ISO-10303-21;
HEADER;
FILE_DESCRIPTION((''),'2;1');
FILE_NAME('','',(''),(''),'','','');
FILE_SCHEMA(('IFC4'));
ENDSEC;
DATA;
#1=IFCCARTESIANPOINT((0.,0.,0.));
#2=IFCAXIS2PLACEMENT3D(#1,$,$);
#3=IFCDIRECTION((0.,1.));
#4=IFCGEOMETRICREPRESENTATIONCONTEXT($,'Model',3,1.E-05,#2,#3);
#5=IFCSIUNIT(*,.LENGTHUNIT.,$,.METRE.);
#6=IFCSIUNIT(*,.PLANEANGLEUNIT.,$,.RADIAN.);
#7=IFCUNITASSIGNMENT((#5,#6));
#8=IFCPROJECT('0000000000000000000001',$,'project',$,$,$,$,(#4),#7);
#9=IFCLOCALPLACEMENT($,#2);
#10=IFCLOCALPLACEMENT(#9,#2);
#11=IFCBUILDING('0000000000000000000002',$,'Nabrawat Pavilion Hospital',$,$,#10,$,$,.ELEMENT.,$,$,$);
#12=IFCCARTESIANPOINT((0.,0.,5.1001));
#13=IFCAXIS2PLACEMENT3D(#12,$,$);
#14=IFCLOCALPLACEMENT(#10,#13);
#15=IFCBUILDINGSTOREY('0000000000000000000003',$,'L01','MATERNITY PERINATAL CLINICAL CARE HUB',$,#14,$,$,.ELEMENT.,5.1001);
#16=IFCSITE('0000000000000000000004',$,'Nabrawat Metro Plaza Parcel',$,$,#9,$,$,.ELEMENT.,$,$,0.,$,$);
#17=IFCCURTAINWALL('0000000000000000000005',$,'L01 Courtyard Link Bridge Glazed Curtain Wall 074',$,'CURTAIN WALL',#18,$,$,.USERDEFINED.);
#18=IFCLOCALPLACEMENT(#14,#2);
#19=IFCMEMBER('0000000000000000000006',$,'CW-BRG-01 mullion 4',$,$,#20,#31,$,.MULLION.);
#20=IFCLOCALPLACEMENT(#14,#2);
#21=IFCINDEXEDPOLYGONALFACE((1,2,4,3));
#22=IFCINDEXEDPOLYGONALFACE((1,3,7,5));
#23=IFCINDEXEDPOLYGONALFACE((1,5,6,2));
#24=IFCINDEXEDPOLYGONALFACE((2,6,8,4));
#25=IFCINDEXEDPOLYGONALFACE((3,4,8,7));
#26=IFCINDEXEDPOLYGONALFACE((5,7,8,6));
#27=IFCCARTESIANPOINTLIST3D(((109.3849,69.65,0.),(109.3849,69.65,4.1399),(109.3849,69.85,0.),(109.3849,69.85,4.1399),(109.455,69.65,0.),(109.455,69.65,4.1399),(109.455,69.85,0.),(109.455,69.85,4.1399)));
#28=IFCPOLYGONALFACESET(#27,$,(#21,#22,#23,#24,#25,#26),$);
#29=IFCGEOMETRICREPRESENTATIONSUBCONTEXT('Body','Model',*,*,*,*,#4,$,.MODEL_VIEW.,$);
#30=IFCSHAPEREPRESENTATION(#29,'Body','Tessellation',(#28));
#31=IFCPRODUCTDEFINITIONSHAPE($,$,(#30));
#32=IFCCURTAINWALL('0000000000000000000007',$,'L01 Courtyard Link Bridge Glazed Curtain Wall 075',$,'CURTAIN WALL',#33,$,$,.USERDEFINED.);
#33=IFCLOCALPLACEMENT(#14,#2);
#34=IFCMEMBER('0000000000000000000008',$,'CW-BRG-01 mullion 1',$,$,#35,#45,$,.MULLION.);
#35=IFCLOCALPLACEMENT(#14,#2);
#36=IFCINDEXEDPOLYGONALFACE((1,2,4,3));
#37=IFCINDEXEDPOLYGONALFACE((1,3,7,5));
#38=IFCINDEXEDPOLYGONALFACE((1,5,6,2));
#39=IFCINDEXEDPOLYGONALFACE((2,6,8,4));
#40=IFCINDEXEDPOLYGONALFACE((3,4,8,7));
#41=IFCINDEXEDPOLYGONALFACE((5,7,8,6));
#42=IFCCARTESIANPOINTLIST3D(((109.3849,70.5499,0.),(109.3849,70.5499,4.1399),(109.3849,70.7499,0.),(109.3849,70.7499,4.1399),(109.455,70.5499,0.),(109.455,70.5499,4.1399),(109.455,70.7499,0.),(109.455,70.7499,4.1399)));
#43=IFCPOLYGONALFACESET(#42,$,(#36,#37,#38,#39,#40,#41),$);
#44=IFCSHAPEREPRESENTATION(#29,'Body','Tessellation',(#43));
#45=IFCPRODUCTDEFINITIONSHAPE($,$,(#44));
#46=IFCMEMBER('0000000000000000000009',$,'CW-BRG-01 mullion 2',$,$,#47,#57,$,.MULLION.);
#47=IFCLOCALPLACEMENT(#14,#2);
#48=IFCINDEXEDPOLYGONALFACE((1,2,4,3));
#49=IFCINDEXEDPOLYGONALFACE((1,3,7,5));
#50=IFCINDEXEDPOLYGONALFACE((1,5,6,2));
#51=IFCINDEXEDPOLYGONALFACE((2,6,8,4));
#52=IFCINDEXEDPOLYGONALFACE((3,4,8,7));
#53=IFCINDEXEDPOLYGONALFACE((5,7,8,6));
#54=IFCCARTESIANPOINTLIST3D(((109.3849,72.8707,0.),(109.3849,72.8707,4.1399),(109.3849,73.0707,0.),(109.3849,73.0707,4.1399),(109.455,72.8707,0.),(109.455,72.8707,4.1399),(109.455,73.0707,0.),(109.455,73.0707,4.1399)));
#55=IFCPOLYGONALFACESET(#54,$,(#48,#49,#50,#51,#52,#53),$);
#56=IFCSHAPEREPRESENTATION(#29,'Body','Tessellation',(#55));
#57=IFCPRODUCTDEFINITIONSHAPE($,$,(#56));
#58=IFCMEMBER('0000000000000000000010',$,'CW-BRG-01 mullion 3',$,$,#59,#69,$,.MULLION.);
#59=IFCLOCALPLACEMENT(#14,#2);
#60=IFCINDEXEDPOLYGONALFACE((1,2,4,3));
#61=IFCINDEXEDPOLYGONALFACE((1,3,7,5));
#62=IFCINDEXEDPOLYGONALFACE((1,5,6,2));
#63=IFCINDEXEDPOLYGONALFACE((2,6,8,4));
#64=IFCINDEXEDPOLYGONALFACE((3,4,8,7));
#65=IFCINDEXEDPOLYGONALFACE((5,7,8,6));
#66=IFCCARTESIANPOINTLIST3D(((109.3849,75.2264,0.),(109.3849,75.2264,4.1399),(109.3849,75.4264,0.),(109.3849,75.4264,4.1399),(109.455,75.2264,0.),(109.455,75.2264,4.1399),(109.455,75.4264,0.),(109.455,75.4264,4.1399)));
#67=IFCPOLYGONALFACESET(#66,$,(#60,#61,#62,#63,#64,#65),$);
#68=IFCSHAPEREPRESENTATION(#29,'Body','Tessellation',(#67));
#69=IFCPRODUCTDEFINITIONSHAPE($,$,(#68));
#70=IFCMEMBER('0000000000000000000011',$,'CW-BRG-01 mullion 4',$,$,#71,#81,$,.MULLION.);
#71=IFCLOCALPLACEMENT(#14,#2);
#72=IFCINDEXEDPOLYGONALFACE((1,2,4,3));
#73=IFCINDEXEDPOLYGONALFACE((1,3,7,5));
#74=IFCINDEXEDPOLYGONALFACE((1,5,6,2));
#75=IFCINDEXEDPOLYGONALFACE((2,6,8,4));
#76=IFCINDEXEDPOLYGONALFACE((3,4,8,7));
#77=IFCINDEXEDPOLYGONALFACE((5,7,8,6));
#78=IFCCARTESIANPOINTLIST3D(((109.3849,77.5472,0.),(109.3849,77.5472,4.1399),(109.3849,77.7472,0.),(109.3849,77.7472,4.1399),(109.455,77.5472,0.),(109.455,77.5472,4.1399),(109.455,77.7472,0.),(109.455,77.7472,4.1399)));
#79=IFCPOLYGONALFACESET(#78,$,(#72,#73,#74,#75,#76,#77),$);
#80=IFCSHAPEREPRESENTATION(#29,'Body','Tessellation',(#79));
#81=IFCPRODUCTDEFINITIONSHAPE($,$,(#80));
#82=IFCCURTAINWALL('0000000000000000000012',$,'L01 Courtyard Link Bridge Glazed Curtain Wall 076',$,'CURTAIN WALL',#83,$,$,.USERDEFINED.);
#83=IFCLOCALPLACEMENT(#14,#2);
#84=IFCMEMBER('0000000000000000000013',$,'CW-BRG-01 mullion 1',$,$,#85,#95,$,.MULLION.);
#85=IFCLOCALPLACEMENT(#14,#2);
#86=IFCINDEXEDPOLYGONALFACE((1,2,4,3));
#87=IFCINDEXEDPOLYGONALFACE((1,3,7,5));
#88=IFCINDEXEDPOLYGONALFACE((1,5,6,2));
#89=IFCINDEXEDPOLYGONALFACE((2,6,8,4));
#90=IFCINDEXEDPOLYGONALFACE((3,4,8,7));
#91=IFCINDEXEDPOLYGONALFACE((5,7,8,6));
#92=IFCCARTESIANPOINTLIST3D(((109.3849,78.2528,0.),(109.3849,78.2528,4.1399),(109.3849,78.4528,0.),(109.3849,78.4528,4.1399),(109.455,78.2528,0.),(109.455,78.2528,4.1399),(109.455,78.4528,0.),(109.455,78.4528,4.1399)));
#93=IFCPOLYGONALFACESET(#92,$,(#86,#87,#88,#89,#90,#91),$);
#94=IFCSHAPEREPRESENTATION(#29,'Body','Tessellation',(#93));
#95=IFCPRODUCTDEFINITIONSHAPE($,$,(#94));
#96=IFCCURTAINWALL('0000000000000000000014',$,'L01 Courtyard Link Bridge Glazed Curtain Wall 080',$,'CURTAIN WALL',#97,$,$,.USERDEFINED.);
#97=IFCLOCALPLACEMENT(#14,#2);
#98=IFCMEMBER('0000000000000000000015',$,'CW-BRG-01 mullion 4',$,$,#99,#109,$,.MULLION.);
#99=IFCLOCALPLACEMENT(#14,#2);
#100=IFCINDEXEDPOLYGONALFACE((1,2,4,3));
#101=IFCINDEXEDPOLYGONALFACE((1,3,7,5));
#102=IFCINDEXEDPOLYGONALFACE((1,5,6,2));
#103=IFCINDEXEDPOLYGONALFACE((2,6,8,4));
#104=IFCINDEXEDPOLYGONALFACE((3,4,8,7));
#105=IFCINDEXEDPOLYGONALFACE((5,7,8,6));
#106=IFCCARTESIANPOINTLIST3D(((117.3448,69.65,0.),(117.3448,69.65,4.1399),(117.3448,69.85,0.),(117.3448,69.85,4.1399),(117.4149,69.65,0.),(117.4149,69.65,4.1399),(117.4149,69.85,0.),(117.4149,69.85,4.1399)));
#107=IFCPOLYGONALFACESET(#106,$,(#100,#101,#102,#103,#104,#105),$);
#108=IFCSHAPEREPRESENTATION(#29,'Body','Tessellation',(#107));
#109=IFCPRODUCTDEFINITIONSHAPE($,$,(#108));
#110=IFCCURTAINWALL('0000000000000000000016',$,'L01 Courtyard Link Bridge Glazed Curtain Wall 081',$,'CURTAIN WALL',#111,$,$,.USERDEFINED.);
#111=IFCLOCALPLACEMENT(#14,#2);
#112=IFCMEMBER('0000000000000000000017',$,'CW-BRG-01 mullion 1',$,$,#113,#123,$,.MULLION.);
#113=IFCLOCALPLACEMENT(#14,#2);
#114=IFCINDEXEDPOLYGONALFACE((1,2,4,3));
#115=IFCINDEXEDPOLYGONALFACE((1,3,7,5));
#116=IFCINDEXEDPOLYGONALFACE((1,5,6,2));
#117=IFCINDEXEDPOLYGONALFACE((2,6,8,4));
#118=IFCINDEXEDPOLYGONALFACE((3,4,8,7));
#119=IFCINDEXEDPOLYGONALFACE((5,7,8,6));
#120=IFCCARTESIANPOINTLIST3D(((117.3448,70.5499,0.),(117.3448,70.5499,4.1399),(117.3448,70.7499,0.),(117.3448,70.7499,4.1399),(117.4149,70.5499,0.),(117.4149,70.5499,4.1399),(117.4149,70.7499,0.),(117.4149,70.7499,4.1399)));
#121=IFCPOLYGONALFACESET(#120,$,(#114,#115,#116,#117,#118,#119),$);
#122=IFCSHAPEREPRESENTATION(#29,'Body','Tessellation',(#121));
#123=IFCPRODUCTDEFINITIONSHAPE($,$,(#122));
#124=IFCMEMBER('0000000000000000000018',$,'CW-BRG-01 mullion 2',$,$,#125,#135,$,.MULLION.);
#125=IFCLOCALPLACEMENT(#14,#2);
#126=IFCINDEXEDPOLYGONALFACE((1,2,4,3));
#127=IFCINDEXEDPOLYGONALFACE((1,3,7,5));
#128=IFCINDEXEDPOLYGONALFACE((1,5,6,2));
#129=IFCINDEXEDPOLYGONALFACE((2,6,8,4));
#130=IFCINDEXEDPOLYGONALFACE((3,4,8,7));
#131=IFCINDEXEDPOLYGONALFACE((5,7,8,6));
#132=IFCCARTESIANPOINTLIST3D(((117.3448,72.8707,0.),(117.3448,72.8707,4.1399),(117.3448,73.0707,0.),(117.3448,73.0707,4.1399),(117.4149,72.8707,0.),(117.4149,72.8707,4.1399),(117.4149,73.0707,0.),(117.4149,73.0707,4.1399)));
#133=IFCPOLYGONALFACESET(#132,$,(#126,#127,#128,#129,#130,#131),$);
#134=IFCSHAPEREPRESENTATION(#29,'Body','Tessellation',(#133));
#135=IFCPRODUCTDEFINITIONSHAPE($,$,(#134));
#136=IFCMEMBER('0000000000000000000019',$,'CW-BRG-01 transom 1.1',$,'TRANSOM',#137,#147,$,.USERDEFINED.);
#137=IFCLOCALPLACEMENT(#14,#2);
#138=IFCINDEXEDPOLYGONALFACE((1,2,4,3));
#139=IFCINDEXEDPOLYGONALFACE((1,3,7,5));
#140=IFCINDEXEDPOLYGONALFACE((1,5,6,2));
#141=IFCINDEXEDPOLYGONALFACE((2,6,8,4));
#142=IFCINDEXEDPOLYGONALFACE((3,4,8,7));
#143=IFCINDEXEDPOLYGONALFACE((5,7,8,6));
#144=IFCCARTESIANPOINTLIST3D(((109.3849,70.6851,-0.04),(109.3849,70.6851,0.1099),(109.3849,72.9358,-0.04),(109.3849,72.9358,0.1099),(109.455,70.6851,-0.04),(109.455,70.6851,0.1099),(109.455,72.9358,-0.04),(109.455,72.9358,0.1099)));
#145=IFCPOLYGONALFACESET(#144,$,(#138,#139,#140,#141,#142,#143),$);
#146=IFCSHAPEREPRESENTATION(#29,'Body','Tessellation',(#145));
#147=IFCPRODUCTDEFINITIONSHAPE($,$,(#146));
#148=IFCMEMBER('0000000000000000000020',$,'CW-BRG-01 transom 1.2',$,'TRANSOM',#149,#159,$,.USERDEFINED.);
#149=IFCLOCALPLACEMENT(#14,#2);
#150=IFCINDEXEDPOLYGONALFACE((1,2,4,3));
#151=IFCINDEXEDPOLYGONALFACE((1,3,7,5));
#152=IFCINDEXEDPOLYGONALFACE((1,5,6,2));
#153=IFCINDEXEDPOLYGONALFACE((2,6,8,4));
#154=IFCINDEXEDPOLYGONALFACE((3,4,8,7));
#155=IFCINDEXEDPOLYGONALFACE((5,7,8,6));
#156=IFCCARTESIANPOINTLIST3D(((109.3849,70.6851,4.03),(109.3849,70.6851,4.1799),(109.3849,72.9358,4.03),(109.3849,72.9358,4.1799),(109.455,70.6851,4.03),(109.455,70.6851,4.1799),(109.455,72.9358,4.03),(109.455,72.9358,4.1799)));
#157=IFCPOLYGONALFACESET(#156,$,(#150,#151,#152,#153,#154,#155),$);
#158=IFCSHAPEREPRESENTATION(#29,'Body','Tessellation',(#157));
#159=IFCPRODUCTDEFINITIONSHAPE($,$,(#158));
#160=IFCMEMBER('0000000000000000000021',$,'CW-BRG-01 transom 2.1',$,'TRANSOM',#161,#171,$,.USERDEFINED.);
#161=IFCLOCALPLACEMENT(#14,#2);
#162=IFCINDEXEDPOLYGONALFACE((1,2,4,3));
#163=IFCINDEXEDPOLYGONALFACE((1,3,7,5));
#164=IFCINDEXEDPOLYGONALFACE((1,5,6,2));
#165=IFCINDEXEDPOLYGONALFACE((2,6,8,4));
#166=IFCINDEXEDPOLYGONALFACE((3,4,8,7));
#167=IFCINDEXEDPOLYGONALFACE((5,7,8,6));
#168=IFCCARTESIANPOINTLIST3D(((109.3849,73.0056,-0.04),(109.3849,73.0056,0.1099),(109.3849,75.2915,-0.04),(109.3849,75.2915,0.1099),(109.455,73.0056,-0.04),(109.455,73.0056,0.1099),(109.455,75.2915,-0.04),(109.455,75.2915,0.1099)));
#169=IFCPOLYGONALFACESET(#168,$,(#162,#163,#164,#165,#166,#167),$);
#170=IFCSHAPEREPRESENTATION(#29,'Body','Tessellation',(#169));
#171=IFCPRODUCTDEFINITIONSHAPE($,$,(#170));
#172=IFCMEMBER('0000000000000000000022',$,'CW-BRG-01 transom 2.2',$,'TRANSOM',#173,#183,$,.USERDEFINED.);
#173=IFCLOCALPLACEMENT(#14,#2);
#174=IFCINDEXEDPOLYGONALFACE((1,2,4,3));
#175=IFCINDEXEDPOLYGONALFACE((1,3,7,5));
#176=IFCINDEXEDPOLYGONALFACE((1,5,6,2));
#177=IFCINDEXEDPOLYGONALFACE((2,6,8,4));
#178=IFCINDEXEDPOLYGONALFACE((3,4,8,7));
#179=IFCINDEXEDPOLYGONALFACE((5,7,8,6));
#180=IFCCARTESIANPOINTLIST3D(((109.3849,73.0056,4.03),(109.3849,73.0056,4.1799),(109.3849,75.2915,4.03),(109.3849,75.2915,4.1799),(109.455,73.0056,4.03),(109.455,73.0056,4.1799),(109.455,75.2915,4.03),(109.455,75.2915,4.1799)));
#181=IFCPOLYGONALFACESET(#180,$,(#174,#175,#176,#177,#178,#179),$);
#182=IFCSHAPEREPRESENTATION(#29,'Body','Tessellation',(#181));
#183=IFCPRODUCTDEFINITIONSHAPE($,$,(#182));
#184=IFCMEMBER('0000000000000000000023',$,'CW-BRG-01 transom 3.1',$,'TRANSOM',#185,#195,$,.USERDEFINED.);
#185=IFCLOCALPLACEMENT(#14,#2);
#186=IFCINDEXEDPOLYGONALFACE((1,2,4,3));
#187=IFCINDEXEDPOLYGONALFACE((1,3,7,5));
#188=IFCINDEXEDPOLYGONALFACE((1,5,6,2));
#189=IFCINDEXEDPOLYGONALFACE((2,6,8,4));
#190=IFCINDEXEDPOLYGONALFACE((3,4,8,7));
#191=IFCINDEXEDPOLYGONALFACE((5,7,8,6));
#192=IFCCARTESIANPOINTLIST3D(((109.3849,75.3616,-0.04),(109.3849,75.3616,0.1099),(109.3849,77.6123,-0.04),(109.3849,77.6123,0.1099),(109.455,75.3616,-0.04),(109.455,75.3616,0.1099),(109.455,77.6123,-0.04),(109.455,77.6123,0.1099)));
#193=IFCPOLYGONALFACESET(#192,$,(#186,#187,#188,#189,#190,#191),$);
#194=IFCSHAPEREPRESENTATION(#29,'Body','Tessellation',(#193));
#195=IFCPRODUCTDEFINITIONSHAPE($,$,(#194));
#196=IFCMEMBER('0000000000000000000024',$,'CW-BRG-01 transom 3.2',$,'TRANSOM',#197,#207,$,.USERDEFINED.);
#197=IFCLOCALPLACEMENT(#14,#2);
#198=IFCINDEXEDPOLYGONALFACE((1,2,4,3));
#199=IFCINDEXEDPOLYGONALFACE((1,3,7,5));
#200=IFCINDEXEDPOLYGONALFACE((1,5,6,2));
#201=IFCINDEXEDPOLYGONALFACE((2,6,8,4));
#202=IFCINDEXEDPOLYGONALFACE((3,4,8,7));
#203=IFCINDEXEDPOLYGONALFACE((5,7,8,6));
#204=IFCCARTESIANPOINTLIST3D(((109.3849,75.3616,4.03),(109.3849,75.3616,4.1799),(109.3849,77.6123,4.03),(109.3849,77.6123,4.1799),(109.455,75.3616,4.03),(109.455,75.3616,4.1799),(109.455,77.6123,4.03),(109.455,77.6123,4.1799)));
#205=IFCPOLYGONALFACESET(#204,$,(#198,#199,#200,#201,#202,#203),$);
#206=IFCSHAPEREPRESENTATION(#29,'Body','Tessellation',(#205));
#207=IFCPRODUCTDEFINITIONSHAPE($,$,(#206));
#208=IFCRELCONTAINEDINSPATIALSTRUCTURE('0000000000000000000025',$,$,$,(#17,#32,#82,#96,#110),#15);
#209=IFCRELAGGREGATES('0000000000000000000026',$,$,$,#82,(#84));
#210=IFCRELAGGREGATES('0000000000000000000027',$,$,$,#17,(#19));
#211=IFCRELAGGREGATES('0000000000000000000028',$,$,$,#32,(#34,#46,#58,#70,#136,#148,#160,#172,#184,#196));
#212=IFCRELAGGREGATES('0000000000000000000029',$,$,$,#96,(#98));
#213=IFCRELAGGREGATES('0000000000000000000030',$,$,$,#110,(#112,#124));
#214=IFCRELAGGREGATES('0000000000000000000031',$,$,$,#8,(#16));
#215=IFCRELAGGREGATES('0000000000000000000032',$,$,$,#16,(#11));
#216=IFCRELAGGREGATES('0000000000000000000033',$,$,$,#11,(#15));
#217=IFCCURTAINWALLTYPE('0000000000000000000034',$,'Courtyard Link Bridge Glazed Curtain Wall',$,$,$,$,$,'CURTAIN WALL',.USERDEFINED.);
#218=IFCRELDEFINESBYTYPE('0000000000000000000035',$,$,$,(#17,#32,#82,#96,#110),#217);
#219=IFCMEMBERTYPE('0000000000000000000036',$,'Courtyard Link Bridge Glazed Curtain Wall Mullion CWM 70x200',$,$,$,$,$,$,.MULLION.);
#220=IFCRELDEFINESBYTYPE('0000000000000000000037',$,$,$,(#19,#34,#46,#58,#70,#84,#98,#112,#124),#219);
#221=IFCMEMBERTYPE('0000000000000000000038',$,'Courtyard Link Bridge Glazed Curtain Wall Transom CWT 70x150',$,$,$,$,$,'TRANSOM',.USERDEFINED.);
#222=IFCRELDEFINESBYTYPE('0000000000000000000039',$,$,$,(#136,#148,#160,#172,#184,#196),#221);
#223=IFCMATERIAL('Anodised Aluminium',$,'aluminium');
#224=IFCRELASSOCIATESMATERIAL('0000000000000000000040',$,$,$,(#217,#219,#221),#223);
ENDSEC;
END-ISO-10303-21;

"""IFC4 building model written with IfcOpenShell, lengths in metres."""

from ifc_helpers import new_model, si_unit, direction, frame, origin, origin_2d, place, context, subcontext, project, spatial, rectangle, extrude, material, material_profile, profile_set, type_object, element, aggregate, save


model = new_model("IFC4")

# Units and contexts
model_context = context("Model", 3, precision=1e-05, world=origin(), true_north=direction((0.0, 1.0)))
body_context = subcontext(model_context, "Body", "Model", "MODEL_VIEW")
ifc_project = project(units=[si_unit("LENGTHUNIT", "METRE"), si_unit("PLANEANGLEUNIT", "RADIAN")], contexts=[model_context])

# Site, building, storey
site_placement = place(None, origin())
site = spatial("IfcSite", under=ifc_project, at=site_placement, Name="Nabrawat Metro Plaza Parcel", CompositionType="ELEMENT", RefElevation=0.0)
building_placement = place(site_placement, origin())
building = spatial("IfcBuilding", under=site, at=building_placement, Name="Nabrawat Pavilion Hospital", CompositionType="ELEMENT")
storey_placement = place(building_placement, frame((0.0, 0.0, 5.1001)))
storey = spatial("IfcBuildingStorey", under=building, at=storey_placement, Name="L01", Description="MATERNITY PERINATAL CLINICAL CARE HUB", CompositionType="ELEMENT", Elevation=5.1001)

# Curtain wall, member
ifc_material_1 = material(Name="Anodised Aluminium", Category="aluminium")
curtain_wall_type = type_object("IfcCurtainWallType", Name="Courtyard Link Bridge Glazed Curtain Wall", ElementType="CURTAIN WALL", PredefinedType="USERDEFINED", material=ifc_material_1)
curtain_wall_1_placement = place(storey_placement, origin())
curtain_wall_1 = element("IfcCurtainWall", 1, at=curtain_wall_1_placement, inside=storey, type_object=curtain_wall_type, Name="L01 Courtyard Link Bridge Glazed Curtain Wall 074", ObjectType="CURTAIN WALL", PredefinedType="USERDEFINED")
ifc_material_profile_1 = material_profile(ifc_material_1, rectangle(XDim=0.0701, YDim=0.2, at=origin_2d()), Name="CWM 70x200")
ifc_profile_set_1 = profile_set([ifc_material_profile_1], Name="Anodised Aluminium")
member_type_1 = type_object("IfcMemberType", Name="Courtyard Link Bridge Glazed Curtain Wall Mullion CWM 70x200", PredefinedType="MULLION", material=ifc_profile_set_1)
member_1_placement = place(storey_placement, frame((109.4199, 69.75, 0.0), z_axis=(0.0, 0.0, 1.0), x_axis=(-1.0, 0.0, 0.0)))
member_1 = element("IfcMember", 2, at=member_1_placement, type_object=member_type_1, Name="CW-BRG-01 mullion 4", PredefinedType="MULLION", context=body_context, shape_type="SweptSolid", body=[
    extrude(rectangle(XDim=0.0701, YDim=0.2, at=origin_2d()), origin(), (0.0, 0.0, 1.0), 4.1399),
])

# Curtain wall, members
curtain_wall_2_placement = place(storey_placement, origin())
curtain_wall_2 = element("IfcCurtainWall", 3, at=curtain_wall_2_placement, inside=storey, type_object=curtain_wall_type, Name="L01 Courtyard Link Bridge Glazed Curtain Wall 075", ObjectType="CURTAIN WALL", PredefinedType="USERDEFINED")
member_2_placement = place(storey_placement, frame((109.4199, 70.6499, 0.0), z_axis=(0.0, 0.0, 1.0), x_axis=(-1.0, 0.0, 0.0)))
member_2 = element("IfcMember", 4, at=member_2_placement, type_object=member_type_1, Name="CW-BRG-01 mullion 1", PredefinedType="MULLION", context=body_context, shape_type="SweptSolid", body=[
    extrude(rectangle(XDim=0.0701, YDim=0.2, at=origin_2d()), origin(), (0.0, 0.0, 1.0), 4.1399),
])
member_3_placement = place(storey_placement, frame((109.4199, 72.9707, 0.0), z_axis=(0.0, 0.0, 1.0), x_axis=(-1.0, 0.0, 0.0)))
member_3 = element("IfcMember", 5, at=member_3_placement, type_object=member_type_1, Name="CW-BRG-01 mullion 2", PredefinedType="MULLION", context=body_context, shape_type="SweptSolid", body=[
    extrude(rectangle(XDim=0.0701, YDim=0.2, at=origin_2d()), origin(), (0.0, 0.0, 1.0), 4.1399),
])
member_4_placement = place(storey_placement, frame((109.4199, 75.3264, 0.0), z_axis=(0.0, 0.0, 1.0), x_axis=(-1.0, 0.0, 0.0)))
member_4 = element("IfcMember", 6, at=member_4_placement, type_object=member_type_1, Name="CW-BRG-01 mullion 3", PredefinedType="MULLION", context=body_context, shape_type="SweptSolid", body=[
    extrude(rectangle(XDim=0.0701, YDim=0.2, at=origin_2d()), origin(), (0.0, 0.0, 1.0), 4.1399),
])
member_5_placement = place(storey_placement, frame((109.4199, 77.6472, 0.0), z_axis=(0.0, 0.0, 1.0), x_axis=(-1.0, 0.0, 0.0)))
member_5 = element("IfcMember", 7, at=member_5_placement, type_object=member_type_1, Name="CW-BRG-01 mullion 4", PredefinedType="MULLION", context=body_context, shape_type="SweptSolid", body=[
    extrude(rectangle(XDim=0.0701, YDim=0.2, at=origin_2d()), origin(), (0.0, 0.0, 1.0), 4.1399),
])

# Curtain walls, members
curtain_wall_3_placement = place(storey_placement, origin())
curtain_wall_3 = element("IfcCurtainWall", 8, at=curtain_wall_3_placement, inside=storey, type_object=curtain_wall_type, Name="L01 Courtyard Link Bridge Glazed Curtain Wall 076", ObjectType="CURTAIN WALL", PredefinedType="USERDEFINED")
member_6_placement = place(storey_placement, frame((109.4199, 78.3528, 0.0), z_axis=(0.0, 0.0, 1.0), x_axis=(-1.0, 0.0, 0.0)))
member_6 = element("IfcMember", 9, at=member_6_placement, type_object=member_type_1, Name="CW-BRG-01 mullion 1", PredefinedType="MULLION", context=body_context, shape_type="SweptSolid", body=[
    extrude(rectangle(XDim=0.0701, YDim=0.2, at=origin_2d()), origin(), (0.0, 0.0, 1.0), 4.1399),
])
curtain_wall_4_placement = place(storey_placement, origin())
curtain_wall_4 = element("IfcCurtainWall", 10, at=curtain_wall_4_placement, inside=storey, type_object=curtain_wall_type, Name="L01 Courtyard Link Bridge Glazed Curtain Wall 080", ObjectType="CURTAIN WALL", PredefinedType="USERDEFINED")
member_7_placement = place(storey_placement, frame((117.3799, 69.75, 0.0), z_axis=(0.0, 0.0, 1.0), x_axis=(-1.0, 0.0, 0.0)))
member_7 = element("IfcMember", 11, at=member_7_placement, type_object=member_type_1, Name="CW-BRG-01 mullion 4", PredefinedType="MULLION", context=body_context, shape_type="SweptSolid", body=[
    extrude(rectangle(XDim=0.0701, YDim=0.2, at=origin_2d()), origin(), (0.0, 0.0, 1.0), 4.1399),
])

# Curtain wall, members
curtain_wall_5_placement = place(storey_placement, origin())
curtain_wall_5 = element("IfcCurtainWall", 12, at=curtain_wall_5_placement, inside=storey, type_object=curtain_wall_type, Name="L01 Courtyard Link Bridge Glazed Curtain Wall 081", ObjectType="CURTAIN WALL", PredefinedType="USERDEFINED")
member_8_placement = place(storey_placement, frame((117.3799, 70.6499, 0.0), z_axis=(0.0, 0.0, 1.0), x_axis=(-1.0, 0.0, 0.0)))
member_8 = element("IfcMember", 13, at=member_8_placement, type_object=member_type_1, Name="CW-BRG-01 mullion 1", PredefinedType="MULLION", context=body_context, shape_type="SweptSolid", body=[
    extrude(rectangle(XDim=0.0701, YDim=0.2, at=origin_2d()), origin(), (0.0, 0.0, 1.0), 4.1399),
])
member_9_placement = place(storey_placement, frame((117.3799, 72.9707, 0.0), z_axis=(0.0, 0.0, 1.0), x_axis=(-1.0, 0.0, 0.0)))
member_9 = element("IfcMember", 14, at=member_9_placement, type_object=member_type_1, Name="CW-BRG-01 mullion 2", PredefinedType="MULLION", context=body_context, shape_type="SweptSolid", body=[
    extrude(rectangle(XDim=0.0701, YDim=0.2, at=origin_2d()), origin(), (0.0, 0.0, 1.0), 4.1399),
])

# Members
ifc_material_profile_2 = material_profile(ifc_material_1, rectangle(XDim=0.0701, YDim=0.1499, at=origin_2d()), Name="CWT 70x150")
ifc_profile_set_2 = profile_set([ifc_material_profile_2], Name="Anodised Aluminium")
member_type_2 = type_object("IfcMemberType", Name="Courtyard Link Bridge Glazed Curtain Wall Transom CWT 70x150", ElementType="TRANSOM", PredefinedType="USERDEFINED", material=ifc_profile_set_2)
member_10_placement = place(storey_placement, frame((109.4199, 70.6851, 0.0349), z_axis=(0.0, 1.0, 0.0), x_axis=(-1.0, 0.0, 0.0)))
member_10 = element("IfcMember", 15, at=member_10_placement, type_object=member_type_2, Name="CW-BRG-01 transom 1.1", ObjectType="TRANSOM", PredefinedType="USERDEFINED", context=body_context, shape_type="SweptSolid", body=[
    extrude(rectangle(XDim=0.0701, YDim=0.1499, at=origin_2d()), origin(), (0.0, 0.0, 1.0), 2.2507),
])
member_11_placement = place(storey_placement, frame((109.4199, 70.6851, 4.105), z_axis=(0.0, 1.0, 0.0), x_axis=(-1.0, 0.0, 0.0)))
member_11 = element("IfcMember", 16, at=member_11_placement, type_object=member_type_2, Name="CW-BRG-01 transom 1.2", ObjectType="TRANSOM", PredefinedType="USERDEFINED", context=body_context, shape_type="SweptSolid", body=[
    extrude(rectangle(XDim=0.0701, YDim=0.1499, at=origin_2d()), origin(), (0.0, 0.0, 1.0), 2.2507),
])
member_12_placement = place(storey_placement, frame((109.4199, 73.0056, 0.0349), z_axis=(0.0, 1.0, 0.0), x_axis=(-1.0, 0.0, 0.0)))
member_12 = element("IfcMember", 17, at=member_12_placement, type_object=member_type_2, Name="CW-BRG-01 transom 2.1", ObjectType="TRANSOM", PredefinedType="USERDEFINED", context=body_context, shape_type="SweptSolid", body=[
    extrude(rectangle(XDim=0.0701, YDim=0.1499, at=origin_2d()), origin(), (0.0, 0.0, 1.0), 2.2859),
])
member_13_placement = place(storey_placement, frame((109.4199, 73.0056, 4.105), z_axis=(0.0, 1.0, 0.0), x_axis=(-1.0, 0.0, 0.0)))
member_13 = element("IfcMember", 18, at=member_13_placement, type_object=member_type_2, Name="CW-BRG-01 transom 2.2", ObjectType="TRANSOM", PredefinedType="USERDEFINED", context=body_context, shape_type="SweptSolid", body=[
    extrude(rectangle(XDim=0.0701, YDim=0.1499, at=origin_2d()), origin(), (0.0, 0.0, 1.0), 2.2859),
])
member_14_placement = place(storey_placement, frame((109.4199, 75.3616, 0.0349), z_axis=(0.0, 1.0, 0.0), x_axis=(-1.0, 0.0, 0.0)))
member_14 = element("IfcMember", 19, at=member_14_placement, type_object=member_type_2, Name="CW-BRG-01 transom 3.1", ObjectType="TRANSOM", PredefinedType="USERDEFINED", context=body_context, shape_type="SweptSolid", body=[
    extrude(rectangle(XDim=0.0701, YDim=0.1499, at=origin_2d()), origin(), (0.0, 0.0, 1.0), 2.2507),
])
member_15_placement = place(storey_placement, frame((109.4199, 75.3616, 4.105), z_axis=(0.0, 1.0, 0.0), x_axis=(-1.0, 0.0, 0.0)))
member_15 = element("IfcMember", 20, at=member_15_placement, type_object=member_type_2, Name="CW-BRG-01 transom 3.2", ObjectType="TRANSOM", PredefinedType="USERDEFINED", context=body_context, shape_type="SweptSolid", body=[
    extrude(rectangle(XDim=0.0701, YDim=0.1499, at=origin_2d()), origin(), (0.0, 0.0, 1.0), 2.2507),
])
aggregate(curtain_wall_3, [member_6])

aggregate(curtain_wall_1, [member_1])
aggregate(curtain_wall_2, [member_2, member_3, member_4, member_5, member_10, member_11, member_12, member_13, member_14, member_15])
aggregate(curtain_wall_4, [member_7])
aggregate(curtain_wall_5, [member_8, member_9])

save(model, "model.ifc")
